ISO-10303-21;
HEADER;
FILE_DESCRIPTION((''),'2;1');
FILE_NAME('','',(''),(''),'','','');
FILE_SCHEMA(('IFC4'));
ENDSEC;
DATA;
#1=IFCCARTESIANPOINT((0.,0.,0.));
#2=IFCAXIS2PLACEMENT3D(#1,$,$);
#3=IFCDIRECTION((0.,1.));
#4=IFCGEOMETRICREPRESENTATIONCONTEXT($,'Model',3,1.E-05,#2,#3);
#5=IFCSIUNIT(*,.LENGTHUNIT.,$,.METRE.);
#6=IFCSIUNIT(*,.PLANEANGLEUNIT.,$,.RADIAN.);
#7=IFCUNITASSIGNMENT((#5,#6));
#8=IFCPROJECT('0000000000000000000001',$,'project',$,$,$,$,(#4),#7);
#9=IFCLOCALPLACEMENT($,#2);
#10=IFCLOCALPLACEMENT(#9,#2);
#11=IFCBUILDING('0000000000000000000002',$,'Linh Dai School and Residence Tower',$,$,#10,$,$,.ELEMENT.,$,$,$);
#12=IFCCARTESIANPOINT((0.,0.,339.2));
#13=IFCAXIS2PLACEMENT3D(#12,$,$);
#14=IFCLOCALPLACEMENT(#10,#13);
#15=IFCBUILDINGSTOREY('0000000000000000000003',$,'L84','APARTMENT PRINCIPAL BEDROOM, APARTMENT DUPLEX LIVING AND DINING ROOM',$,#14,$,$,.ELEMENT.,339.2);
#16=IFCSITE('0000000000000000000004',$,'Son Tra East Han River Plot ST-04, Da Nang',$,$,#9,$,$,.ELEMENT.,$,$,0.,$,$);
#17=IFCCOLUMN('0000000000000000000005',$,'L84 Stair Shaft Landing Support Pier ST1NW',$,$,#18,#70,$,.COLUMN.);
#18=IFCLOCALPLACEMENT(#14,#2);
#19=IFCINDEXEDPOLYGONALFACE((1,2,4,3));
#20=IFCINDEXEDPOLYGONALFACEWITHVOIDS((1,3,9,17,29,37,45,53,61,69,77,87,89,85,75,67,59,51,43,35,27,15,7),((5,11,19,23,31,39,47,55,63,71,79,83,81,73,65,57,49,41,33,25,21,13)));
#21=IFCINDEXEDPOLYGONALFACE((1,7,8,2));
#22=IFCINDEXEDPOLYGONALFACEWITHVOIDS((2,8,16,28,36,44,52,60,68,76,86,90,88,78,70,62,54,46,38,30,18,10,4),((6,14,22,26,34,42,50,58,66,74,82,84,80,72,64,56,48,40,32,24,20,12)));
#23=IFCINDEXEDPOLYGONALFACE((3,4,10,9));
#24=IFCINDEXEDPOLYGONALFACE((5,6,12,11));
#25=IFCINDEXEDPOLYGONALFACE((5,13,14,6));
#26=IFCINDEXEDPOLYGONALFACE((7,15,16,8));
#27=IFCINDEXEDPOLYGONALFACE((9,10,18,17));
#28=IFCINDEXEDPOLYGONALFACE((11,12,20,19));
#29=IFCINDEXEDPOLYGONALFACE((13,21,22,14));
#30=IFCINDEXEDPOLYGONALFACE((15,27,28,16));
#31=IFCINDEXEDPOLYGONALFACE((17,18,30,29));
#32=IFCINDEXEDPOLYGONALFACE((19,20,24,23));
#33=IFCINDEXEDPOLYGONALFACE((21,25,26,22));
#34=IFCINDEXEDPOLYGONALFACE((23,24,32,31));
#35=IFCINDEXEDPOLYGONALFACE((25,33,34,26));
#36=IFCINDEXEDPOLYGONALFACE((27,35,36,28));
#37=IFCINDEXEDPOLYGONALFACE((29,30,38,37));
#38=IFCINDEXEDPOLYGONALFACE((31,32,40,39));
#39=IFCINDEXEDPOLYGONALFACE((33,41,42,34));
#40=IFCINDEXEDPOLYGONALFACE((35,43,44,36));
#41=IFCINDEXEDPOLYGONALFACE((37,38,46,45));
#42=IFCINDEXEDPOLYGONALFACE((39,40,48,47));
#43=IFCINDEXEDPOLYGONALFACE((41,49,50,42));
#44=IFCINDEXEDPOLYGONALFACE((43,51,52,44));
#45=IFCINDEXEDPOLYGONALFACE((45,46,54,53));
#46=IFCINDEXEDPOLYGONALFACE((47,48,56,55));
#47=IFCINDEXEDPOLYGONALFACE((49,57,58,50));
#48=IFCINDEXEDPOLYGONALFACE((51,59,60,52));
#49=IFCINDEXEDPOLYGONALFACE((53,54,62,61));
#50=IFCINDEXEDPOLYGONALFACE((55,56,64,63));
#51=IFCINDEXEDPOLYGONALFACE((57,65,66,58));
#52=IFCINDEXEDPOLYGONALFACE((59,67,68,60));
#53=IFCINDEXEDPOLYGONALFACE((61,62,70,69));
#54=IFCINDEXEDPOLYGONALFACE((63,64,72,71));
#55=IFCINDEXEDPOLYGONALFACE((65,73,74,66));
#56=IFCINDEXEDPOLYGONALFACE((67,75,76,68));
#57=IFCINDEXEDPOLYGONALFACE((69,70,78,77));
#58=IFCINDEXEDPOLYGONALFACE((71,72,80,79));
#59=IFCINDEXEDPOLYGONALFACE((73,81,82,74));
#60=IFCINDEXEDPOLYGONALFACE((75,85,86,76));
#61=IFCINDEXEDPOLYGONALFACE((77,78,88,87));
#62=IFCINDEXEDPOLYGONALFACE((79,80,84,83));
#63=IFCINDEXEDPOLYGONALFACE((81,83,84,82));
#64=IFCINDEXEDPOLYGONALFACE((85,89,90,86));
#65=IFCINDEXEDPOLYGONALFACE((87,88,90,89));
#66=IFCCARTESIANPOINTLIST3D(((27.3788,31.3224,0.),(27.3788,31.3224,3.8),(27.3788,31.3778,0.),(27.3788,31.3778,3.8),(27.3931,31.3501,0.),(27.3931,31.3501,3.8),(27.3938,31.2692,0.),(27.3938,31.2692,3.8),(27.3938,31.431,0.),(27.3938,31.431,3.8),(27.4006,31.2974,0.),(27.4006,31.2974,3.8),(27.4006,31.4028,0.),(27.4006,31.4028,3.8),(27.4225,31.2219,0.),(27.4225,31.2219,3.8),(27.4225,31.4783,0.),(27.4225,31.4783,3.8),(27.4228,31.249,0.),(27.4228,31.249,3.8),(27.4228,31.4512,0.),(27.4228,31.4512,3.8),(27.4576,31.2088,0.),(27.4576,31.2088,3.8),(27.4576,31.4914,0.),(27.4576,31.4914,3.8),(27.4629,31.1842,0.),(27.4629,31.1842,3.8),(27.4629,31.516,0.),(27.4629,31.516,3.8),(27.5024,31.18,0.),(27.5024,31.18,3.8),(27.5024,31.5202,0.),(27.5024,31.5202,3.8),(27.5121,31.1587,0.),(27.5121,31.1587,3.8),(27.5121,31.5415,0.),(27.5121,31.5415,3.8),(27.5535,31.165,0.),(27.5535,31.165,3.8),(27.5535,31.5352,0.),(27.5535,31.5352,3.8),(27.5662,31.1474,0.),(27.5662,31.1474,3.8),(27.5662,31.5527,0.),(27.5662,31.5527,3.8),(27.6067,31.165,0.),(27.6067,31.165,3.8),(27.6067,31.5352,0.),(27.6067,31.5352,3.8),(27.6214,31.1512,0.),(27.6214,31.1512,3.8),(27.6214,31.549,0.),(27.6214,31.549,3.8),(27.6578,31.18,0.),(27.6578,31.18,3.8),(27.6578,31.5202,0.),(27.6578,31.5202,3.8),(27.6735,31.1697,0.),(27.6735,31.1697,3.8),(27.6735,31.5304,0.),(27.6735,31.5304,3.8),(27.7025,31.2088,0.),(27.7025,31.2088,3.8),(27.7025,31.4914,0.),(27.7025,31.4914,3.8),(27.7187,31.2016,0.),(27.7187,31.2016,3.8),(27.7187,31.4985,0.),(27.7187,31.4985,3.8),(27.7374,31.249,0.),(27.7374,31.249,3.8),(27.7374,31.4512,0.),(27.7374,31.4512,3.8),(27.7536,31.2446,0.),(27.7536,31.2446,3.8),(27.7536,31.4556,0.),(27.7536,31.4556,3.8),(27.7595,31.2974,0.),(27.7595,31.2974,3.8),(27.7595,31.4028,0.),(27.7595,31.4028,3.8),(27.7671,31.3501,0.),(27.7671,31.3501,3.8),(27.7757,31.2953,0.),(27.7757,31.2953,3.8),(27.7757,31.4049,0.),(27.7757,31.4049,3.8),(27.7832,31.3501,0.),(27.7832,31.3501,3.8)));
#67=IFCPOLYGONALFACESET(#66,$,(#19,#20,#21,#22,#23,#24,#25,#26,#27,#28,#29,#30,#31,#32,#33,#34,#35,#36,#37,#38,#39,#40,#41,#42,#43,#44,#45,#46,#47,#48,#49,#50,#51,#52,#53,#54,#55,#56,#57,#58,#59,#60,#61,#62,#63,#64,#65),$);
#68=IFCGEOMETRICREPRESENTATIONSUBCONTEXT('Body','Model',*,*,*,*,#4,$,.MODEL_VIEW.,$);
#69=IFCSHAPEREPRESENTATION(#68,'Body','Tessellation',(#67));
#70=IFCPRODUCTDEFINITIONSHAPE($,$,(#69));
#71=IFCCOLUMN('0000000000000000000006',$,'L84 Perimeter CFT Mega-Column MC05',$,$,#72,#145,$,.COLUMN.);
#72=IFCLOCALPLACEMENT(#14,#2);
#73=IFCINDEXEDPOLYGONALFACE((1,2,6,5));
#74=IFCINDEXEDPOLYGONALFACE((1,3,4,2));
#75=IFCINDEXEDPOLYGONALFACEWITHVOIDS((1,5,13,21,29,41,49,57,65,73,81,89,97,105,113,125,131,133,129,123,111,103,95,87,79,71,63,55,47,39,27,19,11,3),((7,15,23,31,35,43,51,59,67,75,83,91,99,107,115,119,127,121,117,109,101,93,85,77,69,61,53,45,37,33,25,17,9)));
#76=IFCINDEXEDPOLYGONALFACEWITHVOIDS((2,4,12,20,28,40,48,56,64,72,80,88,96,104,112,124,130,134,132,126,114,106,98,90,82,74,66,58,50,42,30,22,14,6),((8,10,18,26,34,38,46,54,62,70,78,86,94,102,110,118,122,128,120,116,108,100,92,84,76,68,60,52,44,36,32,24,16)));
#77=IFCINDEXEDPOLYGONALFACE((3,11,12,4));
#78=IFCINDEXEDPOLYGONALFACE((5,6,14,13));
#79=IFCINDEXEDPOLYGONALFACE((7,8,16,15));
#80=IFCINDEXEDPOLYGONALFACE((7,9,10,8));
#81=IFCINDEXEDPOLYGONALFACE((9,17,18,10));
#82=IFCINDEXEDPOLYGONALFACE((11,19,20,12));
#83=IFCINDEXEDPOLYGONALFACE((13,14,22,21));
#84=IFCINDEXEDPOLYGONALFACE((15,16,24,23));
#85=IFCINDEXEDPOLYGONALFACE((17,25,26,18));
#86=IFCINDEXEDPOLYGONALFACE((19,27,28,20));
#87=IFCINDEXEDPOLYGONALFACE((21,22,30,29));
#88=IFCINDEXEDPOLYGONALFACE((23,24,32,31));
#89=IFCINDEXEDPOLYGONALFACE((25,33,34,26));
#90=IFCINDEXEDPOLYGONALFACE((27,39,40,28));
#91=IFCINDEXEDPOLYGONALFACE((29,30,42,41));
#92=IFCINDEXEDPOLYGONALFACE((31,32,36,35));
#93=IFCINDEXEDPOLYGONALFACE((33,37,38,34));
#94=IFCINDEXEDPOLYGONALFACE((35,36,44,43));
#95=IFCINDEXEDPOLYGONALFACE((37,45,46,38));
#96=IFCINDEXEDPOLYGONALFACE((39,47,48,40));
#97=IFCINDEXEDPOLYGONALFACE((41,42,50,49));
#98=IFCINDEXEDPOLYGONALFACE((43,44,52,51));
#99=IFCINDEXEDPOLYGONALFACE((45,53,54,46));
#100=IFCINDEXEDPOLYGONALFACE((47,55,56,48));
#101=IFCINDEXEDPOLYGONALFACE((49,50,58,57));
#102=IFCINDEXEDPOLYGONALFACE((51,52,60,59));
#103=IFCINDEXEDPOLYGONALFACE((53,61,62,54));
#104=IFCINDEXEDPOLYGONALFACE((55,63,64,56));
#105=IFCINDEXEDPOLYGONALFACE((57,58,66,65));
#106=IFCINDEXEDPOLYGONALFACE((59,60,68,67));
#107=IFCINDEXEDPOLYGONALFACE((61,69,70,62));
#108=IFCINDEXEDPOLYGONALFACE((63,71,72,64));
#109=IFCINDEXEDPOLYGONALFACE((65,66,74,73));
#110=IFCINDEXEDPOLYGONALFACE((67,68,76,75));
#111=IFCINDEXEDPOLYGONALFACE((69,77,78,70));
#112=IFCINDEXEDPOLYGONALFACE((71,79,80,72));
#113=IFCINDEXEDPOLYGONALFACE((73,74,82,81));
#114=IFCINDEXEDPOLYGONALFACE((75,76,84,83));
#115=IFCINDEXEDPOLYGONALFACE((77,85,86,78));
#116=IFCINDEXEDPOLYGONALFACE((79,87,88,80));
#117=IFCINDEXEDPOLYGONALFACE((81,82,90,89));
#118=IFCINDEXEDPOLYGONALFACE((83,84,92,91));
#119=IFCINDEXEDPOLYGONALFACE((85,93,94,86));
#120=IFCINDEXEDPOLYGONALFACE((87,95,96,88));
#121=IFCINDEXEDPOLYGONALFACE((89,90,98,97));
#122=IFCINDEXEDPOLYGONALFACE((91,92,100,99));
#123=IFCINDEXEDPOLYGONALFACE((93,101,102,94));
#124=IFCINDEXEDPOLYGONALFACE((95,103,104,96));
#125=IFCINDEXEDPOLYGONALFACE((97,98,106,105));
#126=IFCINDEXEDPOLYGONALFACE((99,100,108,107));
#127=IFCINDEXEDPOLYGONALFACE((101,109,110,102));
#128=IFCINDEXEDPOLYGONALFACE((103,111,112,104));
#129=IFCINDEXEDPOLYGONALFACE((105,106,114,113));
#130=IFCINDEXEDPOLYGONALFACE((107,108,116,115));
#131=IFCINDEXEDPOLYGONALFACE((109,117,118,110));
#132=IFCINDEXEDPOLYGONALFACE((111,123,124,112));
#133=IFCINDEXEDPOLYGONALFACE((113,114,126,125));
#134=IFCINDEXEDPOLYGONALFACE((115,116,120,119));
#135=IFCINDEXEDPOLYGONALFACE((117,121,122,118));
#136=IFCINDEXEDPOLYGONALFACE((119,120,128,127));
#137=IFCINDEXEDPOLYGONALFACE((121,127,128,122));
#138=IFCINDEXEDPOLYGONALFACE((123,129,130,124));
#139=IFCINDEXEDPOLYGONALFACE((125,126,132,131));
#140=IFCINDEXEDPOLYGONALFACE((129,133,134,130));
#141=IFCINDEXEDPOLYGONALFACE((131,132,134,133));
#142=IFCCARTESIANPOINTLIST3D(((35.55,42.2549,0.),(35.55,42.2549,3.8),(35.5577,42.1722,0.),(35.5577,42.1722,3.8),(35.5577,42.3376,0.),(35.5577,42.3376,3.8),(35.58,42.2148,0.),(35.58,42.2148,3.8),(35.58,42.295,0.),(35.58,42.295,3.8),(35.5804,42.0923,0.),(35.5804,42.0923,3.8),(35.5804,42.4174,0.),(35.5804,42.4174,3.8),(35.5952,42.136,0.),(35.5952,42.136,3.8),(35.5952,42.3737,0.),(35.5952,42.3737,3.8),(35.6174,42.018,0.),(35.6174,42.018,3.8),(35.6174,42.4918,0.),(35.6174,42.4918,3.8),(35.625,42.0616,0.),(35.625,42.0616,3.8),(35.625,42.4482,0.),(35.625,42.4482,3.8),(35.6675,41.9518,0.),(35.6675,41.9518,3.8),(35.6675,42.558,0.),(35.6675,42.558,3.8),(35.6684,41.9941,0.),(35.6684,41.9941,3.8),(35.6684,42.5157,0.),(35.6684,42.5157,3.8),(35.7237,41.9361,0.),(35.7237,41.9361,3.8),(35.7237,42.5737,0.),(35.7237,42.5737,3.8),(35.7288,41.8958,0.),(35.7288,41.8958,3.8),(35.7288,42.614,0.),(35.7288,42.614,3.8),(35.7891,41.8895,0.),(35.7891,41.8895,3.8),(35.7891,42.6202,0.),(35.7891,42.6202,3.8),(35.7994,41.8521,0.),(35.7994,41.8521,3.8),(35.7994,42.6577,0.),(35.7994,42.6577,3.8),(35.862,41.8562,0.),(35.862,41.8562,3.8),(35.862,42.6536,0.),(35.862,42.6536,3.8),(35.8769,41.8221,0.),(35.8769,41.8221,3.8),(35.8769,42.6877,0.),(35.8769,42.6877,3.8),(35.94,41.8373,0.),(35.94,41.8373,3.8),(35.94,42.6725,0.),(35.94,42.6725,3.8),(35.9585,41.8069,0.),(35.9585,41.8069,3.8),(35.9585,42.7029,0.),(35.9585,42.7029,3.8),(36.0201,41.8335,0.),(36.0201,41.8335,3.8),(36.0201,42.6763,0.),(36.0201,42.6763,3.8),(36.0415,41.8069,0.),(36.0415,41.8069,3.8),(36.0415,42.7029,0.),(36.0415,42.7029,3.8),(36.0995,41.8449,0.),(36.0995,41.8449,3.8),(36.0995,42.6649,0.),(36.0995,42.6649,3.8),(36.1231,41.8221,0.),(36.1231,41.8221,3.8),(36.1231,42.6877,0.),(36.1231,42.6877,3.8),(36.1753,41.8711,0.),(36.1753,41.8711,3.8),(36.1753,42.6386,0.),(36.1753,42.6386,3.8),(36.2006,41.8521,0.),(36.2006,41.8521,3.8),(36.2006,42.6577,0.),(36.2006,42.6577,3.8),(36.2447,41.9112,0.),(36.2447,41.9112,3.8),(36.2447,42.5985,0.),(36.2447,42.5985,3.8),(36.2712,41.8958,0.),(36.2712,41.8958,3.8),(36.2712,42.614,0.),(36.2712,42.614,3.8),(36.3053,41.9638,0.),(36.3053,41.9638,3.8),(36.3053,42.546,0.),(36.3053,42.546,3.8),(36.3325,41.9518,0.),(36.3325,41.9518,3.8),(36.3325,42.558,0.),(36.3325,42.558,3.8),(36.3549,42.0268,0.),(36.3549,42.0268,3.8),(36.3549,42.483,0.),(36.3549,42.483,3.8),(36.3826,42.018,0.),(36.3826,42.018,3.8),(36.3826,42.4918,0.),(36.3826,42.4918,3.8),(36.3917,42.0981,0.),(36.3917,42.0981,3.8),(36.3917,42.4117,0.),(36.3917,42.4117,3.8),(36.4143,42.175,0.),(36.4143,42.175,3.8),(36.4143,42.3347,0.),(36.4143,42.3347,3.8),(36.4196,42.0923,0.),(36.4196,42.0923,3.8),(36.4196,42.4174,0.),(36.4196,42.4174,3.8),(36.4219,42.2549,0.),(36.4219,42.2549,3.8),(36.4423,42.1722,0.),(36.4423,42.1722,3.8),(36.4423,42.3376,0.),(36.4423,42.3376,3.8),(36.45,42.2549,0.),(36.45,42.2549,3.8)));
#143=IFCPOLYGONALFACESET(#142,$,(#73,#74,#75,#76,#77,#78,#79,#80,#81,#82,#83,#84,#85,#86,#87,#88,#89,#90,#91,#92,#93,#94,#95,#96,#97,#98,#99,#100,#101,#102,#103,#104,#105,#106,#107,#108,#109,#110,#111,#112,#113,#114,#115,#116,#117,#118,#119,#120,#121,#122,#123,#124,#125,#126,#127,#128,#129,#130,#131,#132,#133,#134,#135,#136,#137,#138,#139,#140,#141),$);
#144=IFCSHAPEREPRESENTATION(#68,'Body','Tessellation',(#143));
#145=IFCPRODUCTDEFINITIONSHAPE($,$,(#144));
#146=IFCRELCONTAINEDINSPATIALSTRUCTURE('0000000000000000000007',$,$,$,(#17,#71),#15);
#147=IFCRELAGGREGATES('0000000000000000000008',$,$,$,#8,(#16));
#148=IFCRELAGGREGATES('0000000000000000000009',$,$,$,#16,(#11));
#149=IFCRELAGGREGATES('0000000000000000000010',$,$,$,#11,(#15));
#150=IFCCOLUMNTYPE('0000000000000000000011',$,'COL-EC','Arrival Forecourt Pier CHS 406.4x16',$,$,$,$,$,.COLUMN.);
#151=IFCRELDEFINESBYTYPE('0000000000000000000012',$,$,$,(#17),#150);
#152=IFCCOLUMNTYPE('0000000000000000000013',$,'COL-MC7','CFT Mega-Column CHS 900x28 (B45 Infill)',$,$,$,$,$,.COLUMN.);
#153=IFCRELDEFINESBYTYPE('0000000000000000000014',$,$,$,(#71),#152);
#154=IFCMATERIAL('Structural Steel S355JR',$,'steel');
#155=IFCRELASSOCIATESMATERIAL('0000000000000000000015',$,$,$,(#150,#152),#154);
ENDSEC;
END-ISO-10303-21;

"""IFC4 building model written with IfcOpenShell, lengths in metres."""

from ifc_helpers import new_model, si_unit, direction, frame, origin, origin_2d, place, context, subcontext, project, spatial, hollow_circle, extrude, material, material_profile, profile_set, type_object, element, save


model = new_model("IFC4")

# Units and contexts
model_context = context("Model", 3, precision=1e-05, world=origin(), true_north=direction((0.0, 1.0)))
body_context = subcontext(model_context, "Body", "Model", "MODEL_VIEW")
ifc_project = project(units=[si_unit("LENGTHUNIT", "METRE"), si_unit("PLANEANGLEUNIT", "RADIAN")], contexts=[model_context])

# Site, building, storey
site_placement = place(None, origin())
site = spatial("IfcSite", under=ifc_project, at=site_placement, Name="Son Tra East Han River Plot ST-04, Da Nang", CompositionType="ELEMENT", RefElevation=0.0)
building_placement = place(site_placement, origin())
building = spatial("IfcBuilding", under=site, at=building_placement, Name="Linh Dai School and Residence Tower", CompositionType="ELEMENT")
storey_placement = place(building_placement, frame((0.0, 0.0, 339.2)))
storey = spatial("IfcBuildingStorey", under=building, at=storey_placement, Name="L84", Description="APARTMENT PRINCIPAL BEDROOM, APARTMENT DUPLEX LIVING AND DINING ROOM", CompositionType="ELEMENT", Elevation=339.2)

# Columns
ifc_material_1 = material(Name="Structural Steel S355JR", Category="steel")
ifc_material_profile_1 = material_profile(ifc_material_1, hollow_circle(Radius=0.2031, WallThickness=0.0161, at=origin_2d()), Name="CHS 406.4x16")
ifc_profile_set_1 = profile_set([ifc_material_profile_1], Name="Structural Steel S355JR")
column_type_1 = type_object("IfcColumnType", Name="COL-EC", Description="Arrival Forecourt Pier CHS 406.4x16", PredefinedType="COLUMN", material=ifc_profile_set_1)
column_1_placement = place(storey_placement, frame((27.5801, 31.3501, 0.0), z_axis=(0.0, 0.0, 1.0), x_axis=(1.0, 0.0, 0.0)))
element("IfcColumn", 1, at=column_1_placement, inside=storey, type_object=column_type_1, Name="L84 Stair Shaft Landing Support Pier ST1NW", PredefinedType="COLUMN", context=body_context, shape_type="SweptSolid", body=[
    extrude(hollow_circle(Radius=0.2031, WallThickness=0.0161, at=origin_2d()), origin(), (0.0, 0.0, 1.0), 3.8),
])
ifc_material_profile_2 = material_profile(ifc_material_1, hollow_circle(Radius=0.45, WallThickness=0.0281, at=origin_2d()), Name="CHS 900x28")
ifc_profile_set_2 = profile_set([ifc_material_profile_2], Name="Structural Steel S355JR")
column_type_2 = type_object("IfcColumnType", Name="COL-MC7", Description="CFT Mega-Column CHS 900x28 (B45 Infill)", PredefinedType="COLUMN", material=ifc_profile_set_2)
for number, where, z_axis, x_axis, name in (
    (2, (36.0, 42.2549, 0.0), (0.0, 0.0, 1.0), (1.0, 0.0, 0.0), "L84 Perimeter CFT Mega-Column MC05"),
):
    element("IfcColumn", number, at=place(storey_placement, frame(where, z_axis=z_axis, x_axis=x_axis)), inside=storey, type_object=column_type_2, Name=name, PredefinedType="COLUMN", context=body_context, shape_type="SweptSolid", body=[
        extrude(hollow_circle(Radius=0.45, WallThickness=0.0281, at=origin_2d()), origin(), (0.0, 0.0, 1.0), 3.8),
    ])

save(model, "model.ifc")
